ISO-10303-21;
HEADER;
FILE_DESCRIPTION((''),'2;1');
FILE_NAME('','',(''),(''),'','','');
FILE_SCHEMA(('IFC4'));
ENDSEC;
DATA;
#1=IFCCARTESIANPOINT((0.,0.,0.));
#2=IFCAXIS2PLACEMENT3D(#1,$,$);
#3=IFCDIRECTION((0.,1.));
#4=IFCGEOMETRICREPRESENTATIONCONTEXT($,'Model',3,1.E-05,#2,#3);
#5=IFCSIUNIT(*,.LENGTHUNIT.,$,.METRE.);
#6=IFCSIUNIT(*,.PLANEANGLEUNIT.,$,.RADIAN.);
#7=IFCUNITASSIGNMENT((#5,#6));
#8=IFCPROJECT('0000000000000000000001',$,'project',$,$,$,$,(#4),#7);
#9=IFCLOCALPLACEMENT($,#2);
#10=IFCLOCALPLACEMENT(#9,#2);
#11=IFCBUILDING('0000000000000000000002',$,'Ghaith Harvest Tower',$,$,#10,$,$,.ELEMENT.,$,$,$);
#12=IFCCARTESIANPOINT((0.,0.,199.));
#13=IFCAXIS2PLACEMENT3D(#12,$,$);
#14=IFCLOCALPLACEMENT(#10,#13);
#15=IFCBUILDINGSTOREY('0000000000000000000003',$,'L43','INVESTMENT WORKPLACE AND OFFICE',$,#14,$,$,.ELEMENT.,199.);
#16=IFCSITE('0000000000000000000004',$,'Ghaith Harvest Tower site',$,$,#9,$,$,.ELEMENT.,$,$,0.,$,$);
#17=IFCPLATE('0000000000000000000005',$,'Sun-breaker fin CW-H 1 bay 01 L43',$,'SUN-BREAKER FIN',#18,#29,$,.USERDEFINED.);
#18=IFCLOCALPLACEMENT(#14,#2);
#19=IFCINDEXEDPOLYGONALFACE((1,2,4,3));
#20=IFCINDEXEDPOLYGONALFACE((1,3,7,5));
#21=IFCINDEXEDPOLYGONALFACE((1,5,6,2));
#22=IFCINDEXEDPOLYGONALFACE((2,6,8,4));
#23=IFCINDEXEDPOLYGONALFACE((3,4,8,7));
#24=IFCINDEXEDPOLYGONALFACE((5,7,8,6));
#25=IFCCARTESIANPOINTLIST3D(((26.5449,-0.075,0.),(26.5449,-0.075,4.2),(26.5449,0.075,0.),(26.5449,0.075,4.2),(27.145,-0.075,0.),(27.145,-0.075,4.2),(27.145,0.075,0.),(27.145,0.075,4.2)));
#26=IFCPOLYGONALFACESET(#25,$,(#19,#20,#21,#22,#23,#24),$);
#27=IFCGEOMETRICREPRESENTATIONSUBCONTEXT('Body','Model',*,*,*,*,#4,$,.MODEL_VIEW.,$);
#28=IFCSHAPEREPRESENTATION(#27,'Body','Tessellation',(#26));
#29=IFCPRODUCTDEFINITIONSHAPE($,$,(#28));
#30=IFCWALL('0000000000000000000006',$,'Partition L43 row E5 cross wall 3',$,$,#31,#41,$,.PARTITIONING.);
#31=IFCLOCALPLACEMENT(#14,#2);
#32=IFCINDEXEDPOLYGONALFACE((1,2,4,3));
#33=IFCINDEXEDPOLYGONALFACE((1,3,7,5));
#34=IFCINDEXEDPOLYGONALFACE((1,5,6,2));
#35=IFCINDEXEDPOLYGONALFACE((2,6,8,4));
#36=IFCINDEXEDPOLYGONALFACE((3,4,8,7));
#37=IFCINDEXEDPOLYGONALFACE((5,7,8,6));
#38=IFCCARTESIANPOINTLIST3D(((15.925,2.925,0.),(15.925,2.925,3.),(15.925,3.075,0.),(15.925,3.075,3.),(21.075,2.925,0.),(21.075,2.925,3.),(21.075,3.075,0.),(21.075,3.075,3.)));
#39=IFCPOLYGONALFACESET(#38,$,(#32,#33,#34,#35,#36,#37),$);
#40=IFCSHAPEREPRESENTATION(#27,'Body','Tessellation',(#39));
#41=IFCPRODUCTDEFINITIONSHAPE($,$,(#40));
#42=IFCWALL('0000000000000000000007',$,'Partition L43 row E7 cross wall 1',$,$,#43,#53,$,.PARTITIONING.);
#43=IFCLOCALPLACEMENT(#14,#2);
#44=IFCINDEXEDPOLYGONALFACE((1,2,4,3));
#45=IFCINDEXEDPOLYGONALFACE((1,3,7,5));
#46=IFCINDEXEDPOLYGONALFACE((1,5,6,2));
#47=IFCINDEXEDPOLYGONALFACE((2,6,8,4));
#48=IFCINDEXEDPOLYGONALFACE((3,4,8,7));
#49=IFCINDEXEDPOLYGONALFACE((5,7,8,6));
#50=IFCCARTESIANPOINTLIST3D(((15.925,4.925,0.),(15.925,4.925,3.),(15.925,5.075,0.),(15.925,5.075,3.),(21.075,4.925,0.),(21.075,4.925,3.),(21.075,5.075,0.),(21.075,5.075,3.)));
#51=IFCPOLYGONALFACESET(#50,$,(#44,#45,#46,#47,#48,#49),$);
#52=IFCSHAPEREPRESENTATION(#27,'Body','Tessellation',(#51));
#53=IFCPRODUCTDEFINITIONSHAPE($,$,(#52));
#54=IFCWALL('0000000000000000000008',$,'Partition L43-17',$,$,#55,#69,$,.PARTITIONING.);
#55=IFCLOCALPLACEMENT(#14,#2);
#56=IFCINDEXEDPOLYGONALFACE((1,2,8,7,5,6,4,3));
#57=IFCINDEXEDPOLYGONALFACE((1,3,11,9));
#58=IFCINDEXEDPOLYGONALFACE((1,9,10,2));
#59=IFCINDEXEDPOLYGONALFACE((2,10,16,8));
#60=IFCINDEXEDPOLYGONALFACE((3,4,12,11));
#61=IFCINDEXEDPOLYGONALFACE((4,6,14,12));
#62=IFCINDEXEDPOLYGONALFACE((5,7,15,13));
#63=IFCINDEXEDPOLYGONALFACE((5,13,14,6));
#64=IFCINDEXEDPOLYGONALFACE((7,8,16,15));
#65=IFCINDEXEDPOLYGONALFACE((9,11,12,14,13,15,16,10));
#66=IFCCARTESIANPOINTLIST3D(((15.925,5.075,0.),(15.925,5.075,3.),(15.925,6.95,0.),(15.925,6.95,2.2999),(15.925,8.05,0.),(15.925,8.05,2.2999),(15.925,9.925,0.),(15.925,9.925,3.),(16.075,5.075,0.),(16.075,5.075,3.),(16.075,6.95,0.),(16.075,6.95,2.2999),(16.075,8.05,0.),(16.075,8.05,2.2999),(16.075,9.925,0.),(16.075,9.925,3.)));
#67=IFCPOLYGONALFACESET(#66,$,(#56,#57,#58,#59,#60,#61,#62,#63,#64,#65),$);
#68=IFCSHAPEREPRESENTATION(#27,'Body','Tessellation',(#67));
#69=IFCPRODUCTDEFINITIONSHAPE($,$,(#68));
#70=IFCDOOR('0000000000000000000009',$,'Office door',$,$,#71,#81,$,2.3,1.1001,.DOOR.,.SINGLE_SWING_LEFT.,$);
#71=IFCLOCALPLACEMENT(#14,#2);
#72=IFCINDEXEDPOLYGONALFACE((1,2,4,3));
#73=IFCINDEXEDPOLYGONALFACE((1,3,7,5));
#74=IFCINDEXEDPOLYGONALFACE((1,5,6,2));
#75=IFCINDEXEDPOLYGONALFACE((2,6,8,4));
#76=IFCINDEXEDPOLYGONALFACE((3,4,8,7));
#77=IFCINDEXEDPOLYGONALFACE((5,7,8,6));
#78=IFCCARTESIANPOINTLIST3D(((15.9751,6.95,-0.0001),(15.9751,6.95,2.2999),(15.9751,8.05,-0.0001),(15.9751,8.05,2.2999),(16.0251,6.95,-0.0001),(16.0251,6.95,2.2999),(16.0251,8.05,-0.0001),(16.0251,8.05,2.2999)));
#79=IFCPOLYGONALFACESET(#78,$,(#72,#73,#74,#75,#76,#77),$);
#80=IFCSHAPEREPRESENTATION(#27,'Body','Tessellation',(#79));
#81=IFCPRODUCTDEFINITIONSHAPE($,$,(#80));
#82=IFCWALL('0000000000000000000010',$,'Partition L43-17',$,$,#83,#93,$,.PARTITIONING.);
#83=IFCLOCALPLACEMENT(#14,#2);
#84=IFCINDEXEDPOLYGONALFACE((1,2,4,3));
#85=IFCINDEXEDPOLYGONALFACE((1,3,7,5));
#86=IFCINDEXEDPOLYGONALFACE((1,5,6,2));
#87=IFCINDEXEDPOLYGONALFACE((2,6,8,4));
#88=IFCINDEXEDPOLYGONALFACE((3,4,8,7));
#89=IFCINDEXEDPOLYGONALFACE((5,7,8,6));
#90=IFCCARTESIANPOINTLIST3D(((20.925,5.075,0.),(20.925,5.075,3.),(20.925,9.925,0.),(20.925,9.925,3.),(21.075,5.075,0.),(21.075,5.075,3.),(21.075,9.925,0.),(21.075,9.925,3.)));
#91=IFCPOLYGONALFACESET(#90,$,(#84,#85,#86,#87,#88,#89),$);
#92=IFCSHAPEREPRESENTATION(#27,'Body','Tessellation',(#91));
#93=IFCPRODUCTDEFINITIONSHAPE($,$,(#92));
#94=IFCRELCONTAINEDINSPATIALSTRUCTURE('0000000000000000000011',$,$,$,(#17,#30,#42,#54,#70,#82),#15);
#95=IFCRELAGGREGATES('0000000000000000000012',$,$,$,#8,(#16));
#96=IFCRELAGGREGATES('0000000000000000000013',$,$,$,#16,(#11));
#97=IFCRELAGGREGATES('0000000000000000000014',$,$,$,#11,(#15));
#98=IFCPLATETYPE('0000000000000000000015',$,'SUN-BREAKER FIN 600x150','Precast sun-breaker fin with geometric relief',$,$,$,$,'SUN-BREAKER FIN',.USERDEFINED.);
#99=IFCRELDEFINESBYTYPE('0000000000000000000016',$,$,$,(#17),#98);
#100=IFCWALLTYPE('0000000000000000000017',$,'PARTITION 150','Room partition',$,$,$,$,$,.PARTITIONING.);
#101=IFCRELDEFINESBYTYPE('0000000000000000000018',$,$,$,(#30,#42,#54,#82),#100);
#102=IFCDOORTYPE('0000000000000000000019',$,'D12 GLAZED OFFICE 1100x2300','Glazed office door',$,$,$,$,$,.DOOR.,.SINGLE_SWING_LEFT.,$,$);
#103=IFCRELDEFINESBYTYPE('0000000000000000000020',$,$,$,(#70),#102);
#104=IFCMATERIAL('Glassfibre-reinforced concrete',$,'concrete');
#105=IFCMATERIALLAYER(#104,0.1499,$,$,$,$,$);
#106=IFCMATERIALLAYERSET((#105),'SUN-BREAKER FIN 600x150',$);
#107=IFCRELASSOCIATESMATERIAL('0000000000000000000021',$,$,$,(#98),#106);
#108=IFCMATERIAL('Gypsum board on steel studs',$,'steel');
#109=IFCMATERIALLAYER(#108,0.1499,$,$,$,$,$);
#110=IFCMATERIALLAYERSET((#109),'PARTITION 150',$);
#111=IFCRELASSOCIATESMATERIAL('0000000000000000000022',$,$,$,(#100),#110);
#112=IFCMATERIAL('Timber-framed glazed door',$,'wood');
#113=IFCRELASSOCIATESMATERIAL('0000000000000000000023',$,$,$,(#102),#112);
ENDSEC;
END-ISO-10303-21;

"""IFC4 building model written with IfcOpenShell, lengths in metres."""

from ifc_helpers import new_model, si_unit, direction, frame, frame_2d, origin, origin_2d, place, context, subcontext, project, spatial, rectangle, extrude, material, layer, layer_set, type_object, element, fill, save


model = new_model("IFC4")

# Units and contexts
model_context = context("Model", 3, precision=1e-05, world=origin(), true_north=direction((0.0, 1.0)))
body_context = subcontext(model_context, "Body", "Model", "MODEL_VIEW")
ifc_project = project(units=[si_unit("LENGTHUNIT", "METRE"), si_unit("PLANEANGLEUNIT", "RADIAN")], contexts=[model_context])

# Site, building, storey
site_placement = place(None, origin())
site = spatial("IfcSite", under=ifc_project, at=site_placement, Name="Ghaith Harvest Tower site", CompositionType="ELEMENT", RefElevation=0.0)
building_placement = place(site_placement, origin())
building = spatial("IfcBuilding", under=site, at=building_placement, Name="Ghaith Harvest Tower", CompositionType="ELEMENT")
storey_placement = place(building_placement, frame((0.0, 0.0, 199.0)))
storey = spatial("IfcBuildingStorey", under=building, at=storey_placement, Name="L43", Description="INVESTMENT WORKPLACE AND OFFICE", CompositionType="ELEMENT", Elevation=199.0)

# Plate
ifc_material_1 = material(Name="Glassfibre-reinforced concrete", Category="concrete")
ifc_layer_1 = layer(ifc_material_1, 0.1499)
ifc_layer_set_1 = layer_set([ifc_layer_1], Name="SUN-BREAKER FIN 600x150")
plate_type_1 = type_object("IfcPlateType", Name="SUN-BREAKER FIN 600x150", Description="Precast sun-breaker fin with geometric relief", ElementType="SUN-BREAKER FIN", PredefinedType="USERDEFINED", material=ifc_layer_set_1)
plate_1_placement = place(storey_placement, frame((26.845, 0.0, 0.0), z_axis=(0.0, 0.0, 1.0), x_axis=(1.0, 0.0, 0.0)))
element("IfcPlate", 1, at=plate_1_placement, inside=storey, type_object=plate_type_1, Name="Sun-breaker fin CW-H 1 bay 01 L43", ObjectType="SUN-BREAKER FIN", PredefinedType="USERDEFINED", context=body_context, shape_type="SweptSolid", body=[
    extrude(rectangle(XDim=0.6001, YDim=0.1499, at=origin_2d()), origin(), (0.0, 0.0, 1.0), 4.2),
])

# Walls
ifc_material_2 = material(Name="Gypsum board on steel studs", Category="steel")
ifc_layer_2 = layer(ifc_material_2, 0.1499)
ifc_layer_set_2 = layer_set([ifc_layer_2], Name="PARTITION 150")
wall_type = type_object("IfcWallType", Name="PARTITION 150", Description="Room partition", PredefinedType="PARTITIONING", material=ifc_layer_set_2)
for number, where, z_axis, x_axis, name in (
    (2, (15.925, 3.0, 0.0), (0.0, 0.0, 1.0), (1.0, 0.0, 0.0), "Partition L43 row E5 cross wall 3"),
    (3, (15.925, 5.0, 0.0), (0.0, 0.0, 1.0), (1.0, 0.0, 0.0), "Partition L43 row E7 cross wall 1"),
):
    element("IfcWall", number, at=place(storey_placement, frame(where, z_axis=z_axis, x_axis=x_axis)), inside=storey, type_object=wall_type, Name=name, PredefinedType="PARTITIONING", context=body_context, shape_type="SweptSolid", body=[
        extrude(rectangle(XDim=5.1499, YDim=0.1499, at=frame_2d((2.575, 0.0))), origin(), (0.0, 0.0, 1.0), 3.0),
    ])

# Wall, opening, door
wall_1_placement = place(storey_placement, frame((16.0, 5.075, 0.0), z_axis=(0.0, 0.0, 1.0), x_axis=(0.0, 1.0, 0.0)))
wall_1 = element("IfcWall", 4, at=wall_1_placement, inside=storey, type_object=wall_type, Name="Partition L43-17", PredefinedType="PARTITIONING", context=body_context, shape_type="SweptSolid", body=[
    extrude(rectangle(XDim=4.8501, YDim=0.1499, at=frame_2d((2.425, 0.0))), origin(), (0.0, 0.0, 1.0), 3.0),
])
opening_placement = place(wall_1_placement, frame((1.875, 0.0, 0.0)))
opening = element("IfcOpeningElement", 5, at=opening_placement, cuts=wall_1, PredefinedType="OPENING", context=body_context, shape_type="SweptSolid", body=[
    extrude(rectangle(XDim=1.1001, YDim=2.3, at=frame_2d((0.55, 1.1499))), frame((0.0, 0.085, 0.0), z_axis=(0.0, -1.0, 0.0), x_axis=(1.0, 0.0, 0.0)), (0.0, 0.0, 1.0), 0.1699),
])
ifc_material_3 = material(Name="Timber-framed glazed door", Category="wood")
door_type = type_object("IfcDoorType", Name="D12 GLAZED OFFICE 1100x2300", Description="Glazed office door", OperationType="SINGLE_SWING_LEFT", PredefinedType="DOOR", material=ifc_material_3)
door_placement = place(opening_placement, origin())
door = element("IfcDoor", 6, at=door_placement, inside=storey, type_object=door_type, Name="Office door", OperationType="SINGLE_SWING_LEFT", OverallHeight=2.3, OverallWidth=1.1001, PredefinedType="DOOR", context=body_context, shape_type="SweptSolid", body=[
    extrude(rectangle(XDim=1.1001, YDim=2.3, at=frame_2d((0.55, 1.1499))), frame((0.0, 0.0249, 0.0), z_axis=(0.0, -1.0, 0.0), x_axis=(1.0, 0.0, 0.0)), (0.0, 0.0, 1.0), 0.05),
])
fill(opening, door)

# Wall
wall_2_placement = place(storey_placement, frame((21.0, 5.075, 0.0), z_axis=(0.0, 0.0, 1.0), x_axis=(0.0, 1.0, 0.0)))
element("IfcWall", 7, at=wall_2_placement, inside=storey, type_object=wall_type, Name="Partition L43-17", PredefinedType="PARTITIONING", context=body_context, shape_type="SweptSolid", body=[
    extrude(rectangle(XDim=4.8501, YDim=0.1499, at=frame_2d((2.425, 0.0))), origin(), (0.0, 0.0, 1.0), 3.0),
])

save(model, "model.ifc")
